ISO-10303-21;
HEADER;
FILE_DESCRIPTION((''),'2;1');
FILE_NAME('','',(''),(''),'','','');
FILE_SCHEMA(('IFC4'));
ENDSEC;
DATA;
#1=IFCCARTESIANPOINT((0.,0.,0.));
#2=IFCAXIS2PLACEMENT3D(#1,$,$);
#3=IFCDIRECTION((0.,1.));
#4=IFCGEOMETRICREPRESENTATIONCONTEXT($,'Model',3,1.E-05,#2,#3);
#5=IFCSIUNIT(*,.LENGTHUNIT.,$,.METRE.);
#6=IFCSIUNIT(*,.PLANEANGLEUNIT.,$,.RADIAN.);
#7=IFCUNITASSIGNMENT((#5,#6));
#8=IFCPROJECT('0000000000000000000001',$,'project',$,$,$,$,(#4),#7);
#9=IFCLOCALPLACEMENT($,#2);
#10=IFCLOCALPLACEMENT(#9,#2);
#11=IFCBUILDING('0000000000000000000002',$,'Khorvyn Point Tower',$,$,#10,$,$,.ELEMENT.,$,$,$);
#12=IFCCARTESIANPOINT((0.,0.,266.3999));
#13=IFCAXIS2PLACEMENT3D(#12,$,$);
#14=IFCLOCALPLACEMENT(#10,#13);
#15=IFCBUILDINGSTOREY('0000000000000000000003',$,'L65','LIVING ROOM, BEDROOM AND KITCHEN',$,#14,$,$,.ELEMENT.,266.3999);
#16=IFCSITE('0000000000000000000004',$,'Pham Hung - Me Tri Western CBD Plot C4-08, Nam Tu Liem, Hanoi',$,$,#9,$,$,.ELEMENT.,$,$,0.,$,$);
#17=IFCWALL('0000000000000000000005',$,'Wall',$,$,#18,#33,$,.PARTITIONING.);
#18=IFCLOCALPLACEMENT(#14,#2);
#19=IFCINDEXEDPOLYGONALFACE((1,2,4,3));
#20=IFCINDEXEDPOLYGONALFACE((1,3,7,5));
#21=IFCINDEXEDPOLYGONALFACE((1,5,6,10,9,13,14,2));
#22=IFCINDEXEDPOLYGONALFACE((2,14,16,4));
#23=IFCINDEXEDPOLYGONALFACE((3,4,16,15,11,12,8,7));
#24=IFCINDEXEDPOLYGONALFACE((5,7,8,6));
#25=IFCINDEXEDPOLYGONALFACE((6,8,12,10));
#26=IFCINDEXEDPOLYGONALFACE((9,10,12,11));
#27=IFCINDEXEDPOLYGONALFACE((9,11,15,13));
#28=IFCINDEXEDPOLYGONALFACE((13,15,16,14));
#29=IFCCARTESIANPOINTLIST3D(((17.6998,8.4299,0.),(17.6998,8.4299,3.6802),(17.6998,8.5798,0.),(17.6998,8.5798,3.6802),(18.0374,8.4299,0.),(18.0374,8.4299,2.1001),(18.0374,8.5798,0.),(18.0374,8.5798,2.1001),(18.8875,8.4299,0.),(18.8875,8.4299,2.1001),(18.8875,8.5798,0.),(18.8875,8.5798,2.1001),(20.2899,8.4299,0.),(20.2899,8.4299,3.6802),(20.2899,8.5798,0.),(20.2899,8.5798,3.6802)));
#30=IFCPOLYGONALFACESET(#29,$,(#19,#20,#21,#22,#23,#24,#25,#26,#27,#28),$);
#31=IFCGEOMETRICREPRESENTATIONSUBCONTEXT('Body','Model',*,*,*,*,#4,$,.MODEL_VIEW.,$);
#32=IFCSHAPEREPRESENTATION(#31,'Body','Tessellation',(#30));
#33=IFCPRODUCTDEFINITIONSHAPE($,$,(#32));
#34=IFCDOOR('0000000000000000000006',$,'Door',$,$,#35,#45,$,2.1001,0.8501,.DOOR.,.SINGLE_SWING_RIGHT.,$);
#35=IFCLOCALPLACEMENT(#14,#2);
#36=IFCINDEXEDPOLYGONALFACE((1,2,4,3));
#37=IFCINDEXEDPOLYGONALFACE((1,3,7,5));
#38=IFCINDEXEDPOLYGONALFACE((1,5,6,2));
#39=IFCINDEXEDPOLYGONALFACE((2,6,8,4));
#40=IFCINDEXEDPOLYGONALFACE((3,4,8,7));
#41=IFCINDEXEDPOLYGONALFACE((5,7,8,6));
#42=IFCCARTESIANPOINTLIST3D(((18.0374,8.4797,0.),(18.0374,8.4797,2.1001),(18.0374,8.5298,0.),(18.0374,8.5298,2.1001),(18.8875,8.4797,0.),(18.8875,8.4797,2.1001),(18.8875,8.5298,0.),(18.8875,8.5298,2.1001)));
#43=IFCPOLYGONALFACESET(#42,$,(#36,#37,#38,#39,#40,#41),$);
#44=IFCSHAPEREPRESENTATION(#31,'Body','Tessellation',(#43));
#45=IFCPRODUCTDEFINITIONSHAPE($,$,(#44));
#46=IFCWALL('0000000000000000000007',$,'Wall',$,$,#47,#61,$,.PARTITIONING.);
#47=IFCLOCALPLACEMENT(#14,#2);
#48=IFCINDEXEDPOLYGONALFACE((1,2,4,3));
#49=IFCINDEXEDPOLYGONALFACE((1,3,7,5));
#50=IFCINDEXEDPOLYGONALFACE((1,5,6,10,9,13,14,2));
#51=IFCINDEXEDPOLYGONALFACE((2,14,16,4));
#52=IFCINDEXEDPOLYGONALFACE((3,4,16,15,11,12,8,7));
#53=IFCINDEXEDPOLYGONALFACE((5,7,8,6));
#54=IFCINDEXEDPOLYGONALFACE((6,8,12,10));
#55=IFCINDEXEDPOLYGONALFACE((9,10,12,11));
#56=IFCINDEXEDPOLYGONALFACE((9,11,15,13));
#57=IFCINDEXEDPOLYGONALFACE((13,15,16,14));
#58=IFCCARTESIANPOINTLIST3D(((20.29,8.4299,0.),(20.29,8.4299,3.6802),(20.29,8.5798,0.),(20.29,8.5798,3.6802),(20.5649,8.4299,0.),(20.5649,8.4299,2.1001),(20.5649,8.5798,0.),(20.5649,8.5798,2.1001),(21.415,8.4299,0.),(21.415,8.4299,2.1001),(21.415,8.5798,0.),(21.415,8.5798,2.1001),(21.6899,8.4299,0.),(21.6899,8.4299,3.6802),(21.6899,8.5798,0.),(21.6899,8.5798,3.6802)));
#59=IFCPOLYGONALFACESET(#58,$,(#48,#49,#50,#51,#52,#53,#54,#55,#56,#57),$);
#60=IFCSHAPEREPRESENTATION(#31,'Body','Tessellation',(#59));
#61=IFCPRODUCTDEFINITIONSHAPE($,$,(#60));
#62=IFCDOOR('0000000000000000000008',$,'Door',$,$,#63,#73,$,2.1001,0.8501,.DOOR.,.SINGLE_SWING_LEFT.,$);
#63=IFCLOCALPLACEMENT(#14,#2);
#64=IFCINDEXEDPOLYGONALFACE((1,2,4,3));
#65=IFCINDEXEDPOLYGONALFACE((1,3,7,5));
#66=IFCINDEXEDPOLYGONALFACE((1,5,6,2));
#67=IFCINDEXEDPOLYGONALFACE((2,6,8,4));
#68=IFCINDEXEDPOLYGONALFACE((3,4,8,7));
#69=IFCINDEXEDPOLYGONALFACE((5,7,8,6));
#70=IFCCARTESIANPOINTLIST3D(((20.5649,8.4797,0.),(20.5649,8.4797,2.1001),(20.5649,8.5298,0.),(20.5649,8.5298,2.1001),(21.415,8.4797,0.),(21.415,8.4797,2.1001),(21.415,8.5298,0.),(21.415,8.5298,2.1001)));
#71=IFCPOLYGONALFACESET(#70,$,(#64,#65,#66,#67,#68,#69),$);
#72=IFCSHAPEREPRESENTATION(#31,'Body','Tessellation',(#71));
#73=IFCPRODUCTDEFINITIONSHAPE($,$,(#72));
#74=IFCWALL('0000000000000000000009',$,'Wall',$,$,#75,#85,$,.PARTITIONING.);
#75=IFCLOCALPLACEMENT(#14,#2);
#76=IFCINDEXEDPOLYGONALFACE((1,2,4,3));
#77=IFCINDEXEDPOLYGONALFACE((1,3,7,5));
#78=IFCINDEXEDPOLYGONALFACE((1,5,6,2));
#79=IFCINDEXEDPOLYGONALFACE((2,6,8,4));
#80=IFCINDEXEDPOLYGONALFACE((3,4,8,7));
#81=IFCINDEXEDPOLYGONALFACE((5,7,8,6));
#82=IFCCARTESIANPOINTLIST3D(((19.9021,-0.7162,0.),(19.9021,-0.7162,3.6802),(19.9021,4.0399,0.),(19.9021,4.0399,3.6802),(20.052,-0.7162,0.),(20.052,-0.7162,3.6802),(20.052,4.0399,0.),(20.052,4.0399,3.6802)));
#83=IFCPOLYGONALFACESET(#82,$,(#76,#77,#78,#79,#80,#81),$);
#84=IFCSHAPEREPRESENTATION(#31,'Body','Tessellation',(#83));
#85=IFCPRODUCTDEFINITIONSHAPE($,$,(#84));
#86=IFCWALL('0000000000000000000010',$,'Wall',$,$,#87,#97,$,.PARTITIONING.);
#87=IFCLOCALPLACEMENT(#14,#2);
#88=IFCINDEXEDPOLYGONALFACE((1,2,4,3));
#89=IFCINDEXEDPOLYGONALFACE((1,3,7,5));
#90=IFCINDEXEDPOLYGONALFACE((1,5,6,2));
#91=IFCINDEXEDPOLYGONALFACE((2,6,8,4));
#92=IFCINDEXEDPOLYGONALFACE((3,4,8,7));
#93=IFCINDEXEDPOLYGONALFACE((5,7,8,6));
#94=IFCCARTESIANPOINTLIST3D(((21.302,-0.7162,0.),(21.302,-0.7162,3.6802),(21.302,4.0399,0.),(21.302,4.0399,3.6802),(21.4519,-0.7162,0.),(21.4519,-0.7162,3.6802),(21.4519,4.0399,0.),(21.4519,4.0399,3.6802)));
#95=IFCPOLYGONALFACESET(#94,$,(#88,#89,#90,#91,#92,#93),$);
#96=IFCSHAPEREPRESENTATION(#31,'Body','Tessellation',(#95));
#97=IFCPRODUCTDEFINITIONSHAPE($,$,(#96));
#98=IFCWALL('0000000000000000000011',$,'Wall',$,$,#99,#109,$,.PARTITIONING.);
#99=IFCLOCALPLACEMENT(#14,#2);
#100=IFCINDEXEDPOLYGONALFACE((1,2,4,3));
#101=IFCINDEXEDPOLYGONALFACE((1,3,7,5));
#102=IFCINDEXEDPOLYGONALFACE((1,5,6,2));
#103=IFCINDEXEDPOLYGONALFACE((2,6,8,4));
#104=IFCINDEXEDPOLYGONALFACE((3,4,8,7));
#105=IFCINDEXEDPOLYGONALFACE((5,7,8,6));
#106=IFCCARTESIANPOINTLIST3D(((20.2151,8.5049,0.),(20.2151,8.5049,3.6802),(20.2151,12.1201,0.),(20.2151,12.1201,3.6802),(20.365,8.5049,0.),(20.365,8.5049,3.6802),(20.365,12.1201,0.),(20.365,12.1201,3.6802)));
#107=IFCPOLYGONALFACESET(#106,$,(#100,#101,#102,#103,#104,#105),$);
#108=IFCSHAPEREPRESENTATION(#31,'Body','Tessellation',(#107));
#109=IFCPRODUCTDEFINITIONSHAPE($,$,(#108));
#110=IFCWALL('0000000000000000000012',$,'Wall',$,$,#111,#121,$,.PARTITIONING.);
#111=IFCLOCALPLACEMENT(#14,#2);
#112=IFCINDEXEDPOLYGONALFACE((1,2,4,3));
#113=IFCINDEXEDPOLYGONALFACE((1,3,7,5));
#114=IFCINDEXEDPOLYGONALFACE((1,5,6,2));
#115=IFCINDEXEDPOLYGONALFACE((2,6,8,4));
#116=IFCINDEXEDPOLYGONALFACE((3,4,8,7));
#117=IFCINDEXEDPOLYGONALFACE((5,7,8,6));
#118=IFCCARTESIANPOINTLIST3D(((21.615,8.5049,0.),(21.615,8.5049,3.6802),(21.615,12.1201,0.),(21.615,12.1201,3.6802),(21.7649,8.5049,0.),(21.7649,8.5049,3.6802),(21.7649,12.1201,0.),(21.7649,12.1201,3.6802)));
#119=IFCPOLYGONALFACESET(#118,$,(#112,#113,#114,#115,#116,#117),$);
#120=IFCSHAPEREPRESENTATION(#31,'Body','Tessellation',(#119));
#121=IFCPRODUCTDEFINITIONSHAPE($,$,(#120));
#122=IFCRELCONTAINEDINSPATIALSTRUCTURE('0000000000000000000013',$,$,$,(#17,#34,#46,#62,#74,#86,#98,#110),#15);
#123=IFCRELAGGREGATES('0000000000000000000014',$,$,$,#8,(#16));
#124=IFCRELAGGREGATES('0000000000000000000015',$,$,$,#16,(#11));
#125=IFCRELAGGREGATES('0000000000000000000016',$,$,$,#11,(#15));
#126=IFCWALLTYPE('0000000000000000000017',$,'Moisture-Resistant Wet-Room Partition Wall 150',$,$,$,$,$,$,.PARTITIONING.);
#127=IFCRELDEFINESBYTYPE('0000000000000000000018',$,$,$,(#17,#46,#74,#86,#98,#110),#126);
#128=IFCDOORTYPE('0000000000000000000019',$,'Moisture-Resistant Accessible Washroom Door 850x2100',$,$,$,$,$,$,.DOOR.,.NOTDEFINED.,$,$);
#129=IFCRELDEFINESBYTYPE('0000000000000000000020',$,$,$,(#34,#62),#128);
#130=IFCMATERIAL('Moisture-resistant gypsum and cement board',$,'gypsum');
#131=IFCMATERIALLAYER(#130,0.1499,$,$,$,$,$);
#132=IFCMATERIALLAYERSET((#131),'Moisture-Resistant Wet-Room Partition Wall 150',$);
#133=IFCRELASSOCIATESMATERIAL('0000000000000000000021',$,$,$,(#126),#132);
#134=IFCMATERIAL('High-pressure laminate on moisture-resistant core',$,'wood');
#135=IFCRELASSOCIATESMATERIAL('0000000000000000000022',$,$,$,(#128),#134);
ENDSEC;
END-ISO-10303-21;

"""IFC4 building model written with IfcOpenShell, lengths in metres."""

from ifc_helpers import new_model, si_unit, direction, frame, frame_2d, origin, place, context, subcontext, project, spatial, rectangle, extrude, material, layer, layer_set, type_object, element, fill, save


model = new_model("IFC4")

# Units and contexts
model_context = context("Model", 3, precision=1e-05, world=origin(), true_north=direction((0.0, 1.0)))
body_context = subcontext(model_context, "Body", "Model", "MODEL_VIEW")
ifc_project = project(units=[si_unit("LENGTHUNIT", "METRE"), si_unit("PLANEANGLEUNIT", "RADIAN")], contexts=[model_context])

# Site, building, storey
site_placement = place(None, origin())
site = spatial("IfcSite", under=ifc_project, at=site_placement, Name="Pham Hung - Me Tri Western CBD Plot C4-08, Nam Tu Liem, Hanoi", CompositionType="ELEMENT", RefElevation=0.0)
building_placement = place(site_placement, origin())
building = spatial("IfcBuilding", under=site, at=building_placement, Name="Khorvyn Point Tower", CompositionType="ELEMENT")
storey_placement = place(building_placement, frame((0.0, 0.0, 266.3999)))
storey = spatial("IfcBuildingStorey", under=building, at=storey_placement, Name="L65", Description="LIVING ROOM, BEDROOM AND KITCHEN", CompositionType="ELEMENT", Elevation=266.3999)

# Walls, openings, doors
ifc_material_1 = material(Name="Moisture-resistant gypsum and cement board", Category="gypsum")
ifc_layer_1 = layer(ifc_material_1, 0.1499)
ifc_layer_set_1 = layer_set([ifc_layer_1], Name="Moisture-Resistant Wet-Room Partition Wall 150")
wall_type_1 = type_object("IfcWallType", Name="Moisture-Resistant Wet-Room Partition Wall 150", PredefinedType="PARTITIONING", material=ifc_layer_set_1)
ifc_material_2 = material(Name="High-pressure laminate on moisture-resistant core", Category="wood")
door_type_1 = type_object("IfcDoorType", Name="Moisture-Resistant Accessible Washroom Door 850x2100", OperationType="NOTDEFINED", PredefinedType="DOOR", material=ifc_material_2)
wall_1_placement = place(storey_placement, frame((17.7, 8.5049, 0.0), z_axis=(0.0, 0.0, 1.0), x_axis=(1.0, 0.0, 0.0)))
wall_1 = element("IfcWall", 1, at=wall_1_placement, inside=storey, type_object=wall_type_1, Name="Wall", PredefinedType="PARTITIONING", context=body_context, shape_type="SweptSolid", body=[
    extrude(rectangle(XDim=2.5901, YDim=0.1499, at=frame_2d((1.2949, 0.0))), origin(), (0.0, 0.0, 1.0), 3.6802),
])
opening_1_placement = place(wall_1_placement, frame((0.3374, 0.0, 0.0)))
opening_1 = element("IfcOpeningElement", 2, at=opening_1_placement, cuts=wall_1, PredefinedType="OPENING", context=body_context, shape_type="SweptSolid", body=[
    extrude(rectangle(XDim=0.8501, YDim=2.1001, at=frame_2d((0.425, 1.05))), frame((0.0, 0.085, 0.0), z_axis=(0.0, -1.0, 0.0), x_axis=(1.0, 0.0, 0.0)), (0.0, 0.0, 1.0), 0.1699),
])
door_1_placement = place(opening_1_placement, origin())
door_1 = element("IfcDoor", 3, at=door_1_placement, inside=storey, type_object=door_type_1, Name="Door", OperationType="SINGLE_SWING_RIGHT", OverallHeight=2.1001, OverallWidth=0.8501, PredefinedType="DOOR", context=body_context, shape_type="SweptSolid", body=[
    extrude(rectangle(XDim=0.8501, YDim=2.1001, at=frame_2d((0.425, 1.05))), frame((0.0, 0.0249, 0.0), z_axis=(0.0, -1.0, 0.0), x_axis=(1.0, 0.0, 0.0)), (0.0, 0.0, 1.0), 0.05),
])
fill(opening_1, door_1)
wall_2_placement = place(storey_placement, frame((20.29, 8.5049, 0.0), z_axis=(0.0, 0.0, 1.0), x_axis=(1.0, 0.0, 0.0)))
wall_2 = element("IfcWall", 4, at=wall_2_placement, inside=storey, type_object=wall_type_1, Name="Wall", PredefinedType="PARTITIONING", context=body_context, shape_type="SweptSolid", body=[
    extrude(rectangle(XDim=1.3999, YDim=0.1499, at=frame_2d((0.7, 0.0))), origin(), (0.0, 0.0, 1.0), 3.6802),
])
opening_2_placement = place(wall_2_placement, frame((0.2749, 0.0, 0.0)))
opening_2 = element("IfcOpeningElement", 5, at=opening_2_placement, cuts=wall_2, PredefinedType="OPENING", context=body_context, shape_type="SweptSolid", body=[
    extrude(rectangle(XDim=0.8501, YDim=2.1001, at=frame_2d((0.425, 1.05))), frame((0.0, 0.085, 0.0), z_axis=(0.0, -1.0, 0.0), x_axis=(1.0, 0.0, 0.0)), (0.0, 0.0, 1.0), 0.1699),
])
door_2_placement = place(opening_2_placement, origin())
door_2 = element("IfcDoor", 6, at=door_2_placement, inside=storey, type_object=door_type_1, Name="Door", OperationType="SINGLE_SWING_LEFT", OverallHeight=2.1001, OverallWidth=0.8501, PredefinedType="DOOR", context=body_context, shape_type="SweptSolid", body=[
    extrude(rectangle(XDim=0.8501, YDim=2.1001, at=frame_2d((0.425, 1.05))), frame((0.0, 0.0249, 0.0), z_axis=(0.0, -1.0, 0.0), x_axis=(1.0, 0.0, 0.0)), (0.0, 0.0, 1.0), 0.05),
])
fill(opening_2, door_2)

# Walls
for number, where, z_axis, x_axis, name in (
    (7, (19.9771, -0.7161, 0.0), (0.0, 0.0, 1.0), (0.0, 1.0, 0.0), "Wall"),
    (8, (21.377, -0.7161, 0.0), (0.0, 0.0, 1.0), (0.0, 1.0, 0.0), "Wall"),
):
    element("IfcWall", number, at=place(storey_placement, frame(where, z_axis=z_axis, x_axis=x_axis)), inside=storey, type_object=wall_type_1, Name=name, PredefinedType="PARTITIONING", context=body_context, shape_type="SweptSolid", body=[
        extrude(rectangle(XDim=4.7561, YDim=0.1499, at=frame_2d((2.3779, 0.0))), origin(), (0.0, 0.0, 1.0), 3.6802),
    ])
for number, where, z_axis, x_axis, name in (
    (9, (20.29, 8.5049, 0.0), (0.0, 0.0, 1.0), (0.0, 1.0, 0.0), "Wall"),
    (10, (21.6899, 8.5049, 0.0), (0.0, 0.0, 1.0), (0.0, 1.0, 0.0), "Wall"),
):
    element("IfcWall", number, at=place(storey_placement, frame(where, z_axis=z_axis, x_axis=x_axis)), inside=storey, type_object=wall_type_1, Name=name, PredefinedType="PARTITIONING", context=body_context, shape_type="SweptSolid", body=[
        extrude(rectangle(XDim=3.6152, YDim=0.1499, at=frame_2d((1.8076, 0.0))), origin(), (0.0, 0.0, 1.0), 3.6802),
    ])

save(model, "model.ifc")
